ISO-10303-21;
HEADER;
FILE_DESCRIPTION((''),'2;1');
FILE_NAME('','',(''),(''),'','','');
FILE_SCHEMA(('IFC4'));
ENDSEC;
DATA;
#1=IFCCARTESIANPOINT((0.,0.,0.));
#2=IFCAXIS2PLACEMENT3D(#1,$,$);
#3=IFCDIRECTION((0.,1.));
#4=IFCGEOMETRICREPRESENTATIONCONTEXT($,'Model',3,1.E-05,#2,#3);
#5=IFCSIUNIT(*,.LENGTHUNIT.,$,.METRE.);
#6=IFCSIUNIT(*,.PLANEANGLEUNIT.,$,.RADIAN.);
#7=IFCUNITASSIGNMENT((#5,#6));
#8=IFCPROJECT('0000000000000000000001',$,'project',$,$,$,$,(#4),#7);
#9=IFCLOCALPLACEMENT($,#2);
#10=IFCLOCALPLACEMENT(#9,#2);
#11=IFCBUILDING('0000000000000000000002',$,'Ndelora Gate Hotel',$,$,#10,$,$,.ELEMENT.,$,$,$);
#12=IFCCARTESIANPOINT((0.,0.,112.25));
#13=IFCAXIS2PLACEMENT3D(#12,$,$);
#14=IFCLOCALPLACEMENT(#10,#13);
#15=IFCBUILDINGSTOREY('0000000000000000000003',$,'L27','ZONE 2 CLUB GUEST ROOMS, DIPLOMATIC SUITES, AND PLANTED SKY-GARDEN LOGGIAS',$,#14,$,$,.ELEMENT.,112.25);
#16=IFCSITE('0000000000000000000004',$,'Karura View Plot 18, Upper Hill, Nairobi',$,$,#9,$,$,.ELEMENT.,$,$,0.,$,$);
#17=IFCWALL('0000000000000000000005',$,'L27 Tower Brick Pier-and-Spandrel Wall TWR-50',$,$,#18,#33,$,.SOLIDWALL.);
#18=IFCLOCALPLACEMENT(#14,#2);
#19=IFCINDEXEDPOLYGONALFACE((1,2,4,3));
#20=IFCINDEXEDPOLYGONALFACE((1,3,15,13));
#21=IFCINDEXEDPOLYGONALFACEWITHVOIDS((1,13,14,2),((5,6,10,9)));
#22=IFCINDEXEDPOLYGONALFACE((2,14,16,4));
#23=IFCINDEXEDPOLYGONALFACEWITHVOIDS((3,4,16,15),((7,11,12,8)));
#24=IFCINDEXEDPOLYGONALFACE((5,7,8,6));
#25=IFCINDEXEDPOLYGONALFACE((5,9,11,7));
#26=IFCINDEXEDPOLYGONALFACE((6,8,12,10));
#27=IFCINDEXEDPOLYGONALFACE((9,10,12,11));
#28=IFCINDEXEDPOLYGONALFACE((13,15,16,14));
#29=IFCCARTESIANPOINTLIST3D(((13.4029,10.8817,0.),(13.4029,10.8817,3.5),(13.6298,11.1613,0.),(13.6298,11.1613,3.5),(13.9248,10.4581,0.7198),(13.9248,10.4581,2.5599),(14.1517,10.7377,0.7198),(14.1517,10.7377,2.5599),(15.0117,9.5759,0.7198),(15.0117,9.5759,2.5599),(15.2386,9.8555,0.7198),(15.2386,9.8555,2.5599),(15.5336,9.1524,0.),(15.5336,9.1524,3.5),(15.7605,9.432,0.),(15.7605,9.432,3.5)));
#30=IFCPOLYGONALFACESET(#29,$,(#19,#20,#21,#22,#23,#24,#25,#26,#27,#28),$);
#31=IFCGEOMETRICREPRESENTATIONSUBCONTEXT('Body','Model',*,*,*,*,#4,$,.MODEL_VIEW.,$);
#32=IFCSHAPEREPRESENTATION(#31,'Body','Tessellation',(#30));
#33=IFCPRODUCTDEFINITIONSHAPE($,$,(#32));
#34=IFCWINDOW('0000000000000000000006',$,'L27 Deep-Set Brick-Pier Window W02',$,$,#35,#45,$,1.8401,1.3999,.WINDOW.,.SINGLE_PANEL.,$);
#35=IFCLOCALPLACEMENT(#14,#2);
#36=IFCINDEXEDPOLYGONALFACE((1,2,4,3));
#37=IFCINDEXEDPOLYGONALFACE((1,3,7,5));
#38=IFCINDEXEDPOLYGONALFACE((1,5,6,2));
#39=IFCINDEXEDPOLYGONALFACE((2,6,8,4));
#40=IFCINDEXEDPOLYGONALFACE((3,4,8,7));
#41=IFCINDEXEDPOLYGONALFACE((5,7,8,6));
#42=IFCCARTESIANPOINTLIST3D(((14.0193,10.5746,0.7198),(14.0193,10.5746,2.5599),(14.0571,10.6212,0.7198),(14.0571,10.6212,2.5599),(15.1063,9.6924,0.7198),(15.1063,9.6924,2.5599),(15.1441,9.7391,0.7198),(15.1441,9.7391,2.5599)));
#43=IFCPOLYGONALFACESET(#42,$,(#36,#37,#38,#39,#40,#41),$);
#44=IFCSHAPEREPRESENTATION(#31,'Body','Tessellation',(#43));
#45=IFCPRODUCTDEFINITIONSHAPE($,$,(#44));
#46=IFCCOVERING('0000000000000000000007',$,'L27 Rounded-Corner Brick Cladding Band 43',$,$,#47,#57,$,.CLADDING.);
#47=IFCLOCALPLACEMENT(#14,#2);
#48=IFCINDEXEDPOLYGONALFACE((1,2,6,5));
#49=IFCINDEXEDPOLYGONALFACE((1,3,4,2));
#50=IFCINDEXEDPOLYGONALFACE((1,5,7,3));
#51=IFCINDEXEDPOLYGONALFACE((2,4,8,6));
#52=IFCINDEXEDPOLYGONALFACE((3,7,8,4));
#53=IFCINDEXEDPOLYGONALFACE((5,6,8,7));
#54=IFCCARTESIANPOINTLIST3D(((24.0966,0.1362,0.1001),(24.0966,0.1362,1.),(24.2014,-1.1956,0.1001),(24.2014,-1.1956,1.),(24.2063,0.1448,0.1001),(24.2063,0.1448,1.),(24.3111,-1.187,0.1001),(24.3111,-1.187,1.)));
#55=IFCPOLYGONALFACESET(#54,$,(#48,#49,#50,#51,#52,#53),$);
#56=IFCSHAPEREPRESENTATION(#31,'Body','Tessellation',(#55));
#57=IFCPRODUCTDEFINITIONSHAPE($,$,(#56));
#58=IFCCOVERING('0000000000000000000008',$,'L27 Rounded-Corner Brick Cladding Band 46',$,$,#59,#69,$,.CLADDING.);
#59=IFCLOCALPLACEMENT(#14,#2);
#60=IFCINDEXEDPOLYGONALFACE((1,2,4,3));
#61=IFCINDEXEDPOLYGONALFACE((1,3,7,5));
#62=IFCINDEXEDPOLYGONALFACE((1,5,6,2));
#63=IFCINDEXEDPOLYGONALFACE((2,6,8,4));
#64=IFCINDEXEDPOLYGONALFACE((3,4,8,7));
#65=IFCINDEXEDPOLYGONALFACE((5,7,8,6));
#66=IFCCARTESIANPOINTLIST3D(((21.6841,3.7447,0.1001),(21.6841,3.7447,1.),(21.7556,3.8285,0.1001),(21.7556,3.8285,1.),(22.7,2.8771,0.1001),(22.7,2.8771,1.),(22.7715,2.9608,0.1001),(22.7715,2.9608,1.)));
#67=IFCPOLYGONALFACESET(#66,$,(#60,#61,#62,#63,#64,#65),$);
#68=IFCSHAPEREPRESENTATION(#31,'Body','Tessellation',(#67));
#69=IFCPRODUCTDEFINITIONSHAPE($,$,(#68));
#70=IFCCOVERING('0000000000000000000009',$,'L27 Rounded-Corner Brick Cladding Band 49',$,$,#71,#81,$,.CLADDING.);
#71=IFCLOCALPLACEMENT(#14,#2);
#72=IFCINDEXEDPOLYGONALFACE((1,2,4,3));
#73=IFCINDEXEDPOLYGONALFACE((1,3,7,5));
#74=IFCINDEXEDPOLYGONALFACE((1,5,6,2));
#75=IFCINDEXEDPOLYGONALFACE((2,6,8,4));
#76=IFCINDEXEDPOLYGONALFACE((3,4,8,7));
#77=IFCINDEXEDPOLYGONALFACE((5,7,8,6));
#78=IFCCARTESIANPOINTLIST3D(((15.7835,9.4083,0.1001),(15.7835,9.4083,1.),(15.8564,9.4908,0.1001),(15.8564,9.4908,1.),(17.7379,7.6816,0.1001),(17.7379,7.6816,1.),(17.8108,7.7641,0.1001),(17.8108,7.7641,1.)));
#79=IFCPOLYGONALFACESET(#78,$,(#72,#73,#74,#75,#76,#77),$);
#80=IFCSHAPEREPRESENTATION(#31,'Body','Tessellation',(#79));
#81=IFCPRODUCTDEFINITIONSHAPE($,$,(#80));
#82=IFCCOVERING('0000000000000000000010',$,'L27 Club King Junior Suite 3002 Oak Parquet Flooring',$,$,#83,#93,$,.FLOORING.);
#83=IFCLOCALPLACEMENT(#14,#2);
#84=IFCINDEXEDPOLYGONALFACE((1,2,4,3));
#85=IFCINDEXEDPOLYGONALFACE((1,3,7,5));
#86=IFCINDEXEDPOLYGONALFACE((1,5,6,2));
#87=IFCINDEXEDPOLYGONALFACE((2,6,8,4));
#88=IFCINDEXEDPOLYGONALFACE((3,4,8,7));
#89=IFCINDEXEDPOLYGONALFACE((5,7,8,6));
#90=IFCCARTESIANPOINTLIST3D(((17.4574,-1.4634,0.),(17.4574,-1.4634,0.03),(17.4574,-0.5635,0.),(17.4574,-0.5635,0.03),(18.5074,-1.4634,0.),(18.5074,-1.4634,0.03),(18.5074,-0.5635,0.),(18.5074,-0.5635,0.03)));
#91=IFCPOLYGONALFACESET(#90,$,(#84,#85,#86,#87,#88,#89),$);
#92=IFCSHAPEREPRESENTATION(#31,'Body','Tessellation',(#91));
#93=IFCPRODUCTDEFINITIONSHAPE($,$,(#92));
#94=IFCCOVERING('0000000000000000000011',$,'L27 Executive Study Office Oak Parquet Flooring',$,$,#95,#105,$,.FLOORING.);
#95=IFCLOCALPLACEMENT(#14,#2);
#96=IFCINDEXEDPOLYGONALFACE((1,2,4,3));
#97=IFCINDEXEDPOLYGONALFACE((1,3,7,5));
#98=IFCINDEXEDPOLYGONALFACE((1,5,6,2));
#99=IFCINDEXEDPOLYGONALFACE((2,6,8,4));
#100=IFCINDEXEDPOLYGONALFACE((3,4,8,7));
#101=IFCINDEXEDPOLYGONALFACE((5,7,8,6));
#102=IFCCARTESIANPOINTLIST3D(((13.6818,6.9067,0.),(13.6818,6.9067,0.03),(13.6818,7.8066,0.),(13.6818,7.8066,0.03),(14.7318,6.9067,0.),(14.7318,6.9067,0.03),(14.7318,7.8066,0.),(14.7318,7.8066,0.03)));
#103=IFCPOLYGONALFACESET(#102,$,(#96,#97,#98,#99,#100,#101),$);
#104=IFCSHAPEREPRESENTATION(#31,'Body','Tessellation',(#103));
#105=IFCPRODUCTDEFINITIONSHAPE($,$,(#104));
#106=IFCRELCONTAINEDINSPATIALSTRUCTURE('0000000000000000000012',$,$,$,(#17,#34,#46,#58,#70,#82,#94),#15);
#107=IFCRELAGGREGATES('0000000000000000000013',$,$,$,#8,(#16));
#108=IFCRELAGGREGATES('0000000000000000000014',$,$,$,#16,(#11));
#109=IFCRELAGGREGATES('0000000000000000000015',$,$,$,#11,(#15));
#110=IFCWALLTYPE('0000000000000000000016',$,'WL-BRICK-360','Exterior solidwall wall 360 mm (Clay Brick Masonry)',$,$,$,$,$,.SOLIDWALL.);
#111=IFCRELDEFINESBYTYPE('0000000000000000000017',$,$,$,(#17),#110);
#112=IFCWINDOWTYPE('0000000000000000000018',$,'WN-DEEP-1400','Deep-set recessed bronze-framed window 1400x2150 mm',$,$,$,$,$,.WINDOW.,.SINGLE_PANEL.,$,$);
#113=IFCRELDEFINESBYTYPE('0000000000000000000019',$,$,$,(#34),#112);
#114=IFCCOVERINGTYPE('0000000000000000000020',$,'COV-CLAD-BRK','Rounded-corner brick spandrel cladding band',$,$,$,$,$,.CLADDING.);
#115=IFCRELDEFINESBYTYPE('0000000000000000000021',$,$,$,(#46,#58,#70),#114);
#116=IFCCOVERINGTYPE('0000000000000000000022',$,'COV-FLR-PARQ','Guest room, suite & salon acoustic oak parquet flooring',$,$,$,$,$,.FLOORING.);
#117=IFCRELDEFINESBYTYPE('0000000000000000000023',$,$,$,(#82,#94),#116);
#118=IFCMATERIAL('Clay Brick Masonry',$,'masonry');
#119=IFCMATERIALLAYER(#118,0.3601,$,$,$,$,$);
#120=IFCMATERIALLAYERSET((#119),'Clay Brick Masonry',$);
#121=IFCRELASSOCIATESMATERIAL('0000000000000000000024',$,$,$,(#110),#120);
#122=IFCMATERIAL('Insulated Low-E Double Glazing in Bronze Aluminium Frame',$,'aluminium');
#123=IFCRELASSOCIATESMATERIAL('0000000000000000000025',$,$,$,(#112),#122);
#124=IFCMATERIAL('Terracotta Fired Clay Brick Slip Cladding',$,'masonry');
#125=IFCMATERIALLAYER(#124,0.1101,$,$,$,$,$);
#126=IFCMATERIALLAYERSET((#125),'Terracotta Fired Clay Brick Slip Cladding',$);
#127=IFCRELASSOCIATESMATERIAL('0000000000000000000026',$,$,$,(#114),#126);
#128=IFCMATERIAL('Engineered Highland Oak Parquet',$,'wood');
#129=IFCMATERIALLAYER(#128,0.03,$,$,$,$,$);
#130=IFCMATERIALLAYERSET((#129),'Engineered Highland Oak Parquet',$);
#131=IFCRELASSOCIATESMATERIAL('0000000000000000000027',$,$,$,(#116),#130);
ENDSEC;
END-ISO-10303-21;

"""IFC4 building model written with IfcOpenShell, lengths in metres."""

from ifc_helpers import new_model, si_unit, direction, frame, frame_2d, origin, origin_2d, place, context, subcontext, project, spatial, rectangle, extrude, material, layer, layer_set, type_object, element, fill, save


model = new_model("IFC4")

# Units and contexts
model_context = context("Model", 3, precision=1e-05, world=origin(), true_north=direction((0.0, 1.0)))
body_context = subcontext(model_context, "Body", "Model", "MODEL_VIEW")
ifc_project = project(units=[si_unit("LENGTHUNIT", "METRE"), si_unit("PLANEANGLEUNIT", "RADIAN")], contexts=[model_context])

# Site, building, storey
site_placement = place(None, origin())
site = spatial("IfcSite", under=ifc_project, at=site_placement, Name="Karura View Plot 18, Upper Hill, Nairobi", CompositionType="ELEMENT", RefElevation=0.0)
building_placement = place(site_placement, origin())
building = spatial("IfcBuilding", under=site, at=building_placement, Name="Ndelora Gate Hotel", CompositionType="ELEMENT")
storey_placement = place(building_placement, frame((0.0, 0.0, 112.25)))
storey = spatial("IfcBuildingStorey", under=building, at=storey_placement, Name="L27", Description="ZONE 2 CLUB GUEST ROOMS, DIPLOMATIC SUITES, AND PLANTED SKY-GARDEN LOGGIAS", CompositionType="ELEMENT", Elevation=112.25)

# Shared definitions
ifc_material_1 = material(Name="Clay Brick Masonry", Category="masonry")
ifc_layer_1 = layer(ifc_material_1, 0.3601)
ifc_layer_set_1 = layer_set([ifc_layer_1], Name="Clay Brick Masonry")
wall_type = type_object("IfcWallType", Name="WL-BRICK-360", Description="Exterior solidwall wall 360 mm (Clay Brick Masonry)", PredefinedType="SOLIDWALL", material=ifc_layer_set_1)

# Wall, opening, window
ifc_material_2 = material(Name="Insulated Low-E Double Glazing in Bronze Aluminium Frame", Category="aluminium")
wall_1_placement = place(storey_placement, frame((13.5164, 11.0215, 0.0), z_axis=(0.0, 0.0, 1.0), x_axis=(0.776449, -0.630181, 0.0)))
wall_1 = element("IfcWall", 1, at=wall_1_placement, inside=storey, type_object=wall_type, Name="L27 Tower Brick Pier-and-Spandrel Wall TWR-50", PredefinedType="SOLIDWALL", context=body_context, shape_type="SweptSolid", body=[
    extrude(rectangle(XDim=2.7441, YDim=0.3601, at=frame_2d((1.3721, 0.0))), origin(), (0.0, 0.0, 1.0), 3.5),
])
opening_1_placement = place(wall_1_placement, frame((0.6721, 0.0, 0.72)))
opening_1 = element("IfcOpeningElement", 2, at=opening_1_placement, cuts=wall_1, PredefinedType="OPENING", context=body_context, shape_type="SweptSolid", body=[
    extrude(rectangle(XDim=1.3999, YDim=1.8401, at=frame_2d((0.7, 0.9199))), frame((0.0, 0.1899, 0.0), z_axis=(0.0, -1.0, 0.0), x_axis=(1.0, 0.0, 0.0)), (0.0, 0.0, 1.0), 0.3801),
])
window_type_1 = type_object("IfcWindowType", Name="WN-DEEP-1400", Description="Deep-set recessed bronze-framed window 1400x2150 mm", PartitioningType="SINGLE_PANEL", PredefinedType="WINDOW", material=ifc_material_2)
window_1_placement = place(opening_1_placement, origin())
window_1 = element("IfcWindow", 3, at=window_1_placement, inside=storey, type_object=window_type_1, Name="L27 Deep-Set Brick-Pier Window W02", OverallHeight=1.8401, OverallWidth=1.3999, PartitioningType="SINGLE_PANEL", PredefinedType="WINDOW", context=body_context, shape_type="SweptSolid", body=[
    extrude(rectangle(XDim=1.3999, YDim=1.8401, at=frame_2d((0.7, 0.9199))), frame((0.0, 0.03, 0.0), z_axis=(0.0, -1.0, 0.0), x_axis=(1.0, 0.0, 0.0)), (0.0, 0.0, 1.0), 0.0601),
])
fill(opening_1, window_1)

# Coverings
ifc_material_3 = material(Name="Terracotta Fired Clay Brick Slip Cladding", Category="masonry")
ifc_layer_2 = layer(ifc_material_3, 0.1101)
ifc_layer_set_2 = layer_set([ifc_layer_2], Name="Terracotta Fired Clay Brick Slip Cladding")
covering_type_1 = type_object("IfcCoveringType", Name="COV-CLAD-BRK", Description="Rounded-corner brick spandrel cladding band", PredefinedType="CLADDING", material=ifc_layer_set_2)
for number, where, z_axis, x_axis, name in (
    (4, (24.2039, -0.5254, 0.1001), (0.0, 0.0, 1.0), (-0.078459, 0.996917, 0.0), "L27 Rounded-Corner Brick Cladding Band 43"),
    (5, (22.2278, 3.3528, 0.1001), (0.0, 0.0, 1.0), (-0.760406, 0.649448, 0.0), "L27 Rounded-Corner Brick Cladding Band 46"),
):
    element("IfcCovering", number, at=place(storey_placement, frame(where, z_axis=z_axis, x_axis=x_axis)), inside=storey, type_object=covering_type_1, Name=name, PredefinedType="CLADDING", context=body_context, shape_type="SweptSolid", body=[
        extrude(rectangle(XDim=1.3359, YDim=0.1101, at=origin_2d()), origin(), (0.0, 0.0, 1.0), 0.8999),
    ])
covering_placement = place(storey_placement, frame((16.7971, 8.5862, 0.1001), z_axis=(0.0, 0.0, 1.0), x_axis=(-0.749418, 0.662097, 0.0)))
element("IfcCovering", 6, at=covering_placement, inside=storey, type_object=covering_type_1, Name="L27 Rounded-Corner Brick Cladding Band 49", PredefinedType="CLADDING", context=body_context, shape_type="SweptSolid", body=[
    extrude(rectangle(XDim=2.6079, YDim=0.1101, at=origin_2d()), origin(), (0.0, 0.0, 1.0), 0.8999),
])
ifc_material_4 = material(Name="Engineered Highland Oak Parquet", Category="wood")
ifc_layer_3 = layer(ifc_material_4, 0.03)
ifc_layer_set_3 = layer_set([ifc_layer_3], Name="Engineered Highland Oak Parquet")
covering_type_2 = type_object("IfcCoveringType", Name="COV-FLR-PARQ", Description="Guest room, suite & salon acoustic oak parquet flooring", PredefinedType="FLOORING", material=ifc_layer_set_3)
for number, where, z_axis, x_axis, name in (
    (7, (17.9824, -1.0134, 0.0), (0.0, 0.0, 1.0), (1.0, 0.0, 0.0), "L27 Club King Junior Suite 3002 Oak Parquet Flooring"),
    (8, (14.2068, 7.3567, 0.0), (0.0, 0.0, 1.0), (1.0, 0.0, 0.0), "L27 Executive Study Office Oak Parquet Flooring"),
):
    element("IfcCovering", number, at=place(storey_placement, frame(where, z_axis=z_axis, x_axis=x_axis)), inside=storey, type_object=covering_type_2, Name=name, PredefinedType="FLOORING", context=body_context, shape_type="SweptSolid", body=[
        extrude(rectangle(XDim=1.05, YDim=0.8999, at=origin_2d()), origin(), (0.0, 0.0, 1.0), 0.03),
    ])

save(model, "model.ifc")
